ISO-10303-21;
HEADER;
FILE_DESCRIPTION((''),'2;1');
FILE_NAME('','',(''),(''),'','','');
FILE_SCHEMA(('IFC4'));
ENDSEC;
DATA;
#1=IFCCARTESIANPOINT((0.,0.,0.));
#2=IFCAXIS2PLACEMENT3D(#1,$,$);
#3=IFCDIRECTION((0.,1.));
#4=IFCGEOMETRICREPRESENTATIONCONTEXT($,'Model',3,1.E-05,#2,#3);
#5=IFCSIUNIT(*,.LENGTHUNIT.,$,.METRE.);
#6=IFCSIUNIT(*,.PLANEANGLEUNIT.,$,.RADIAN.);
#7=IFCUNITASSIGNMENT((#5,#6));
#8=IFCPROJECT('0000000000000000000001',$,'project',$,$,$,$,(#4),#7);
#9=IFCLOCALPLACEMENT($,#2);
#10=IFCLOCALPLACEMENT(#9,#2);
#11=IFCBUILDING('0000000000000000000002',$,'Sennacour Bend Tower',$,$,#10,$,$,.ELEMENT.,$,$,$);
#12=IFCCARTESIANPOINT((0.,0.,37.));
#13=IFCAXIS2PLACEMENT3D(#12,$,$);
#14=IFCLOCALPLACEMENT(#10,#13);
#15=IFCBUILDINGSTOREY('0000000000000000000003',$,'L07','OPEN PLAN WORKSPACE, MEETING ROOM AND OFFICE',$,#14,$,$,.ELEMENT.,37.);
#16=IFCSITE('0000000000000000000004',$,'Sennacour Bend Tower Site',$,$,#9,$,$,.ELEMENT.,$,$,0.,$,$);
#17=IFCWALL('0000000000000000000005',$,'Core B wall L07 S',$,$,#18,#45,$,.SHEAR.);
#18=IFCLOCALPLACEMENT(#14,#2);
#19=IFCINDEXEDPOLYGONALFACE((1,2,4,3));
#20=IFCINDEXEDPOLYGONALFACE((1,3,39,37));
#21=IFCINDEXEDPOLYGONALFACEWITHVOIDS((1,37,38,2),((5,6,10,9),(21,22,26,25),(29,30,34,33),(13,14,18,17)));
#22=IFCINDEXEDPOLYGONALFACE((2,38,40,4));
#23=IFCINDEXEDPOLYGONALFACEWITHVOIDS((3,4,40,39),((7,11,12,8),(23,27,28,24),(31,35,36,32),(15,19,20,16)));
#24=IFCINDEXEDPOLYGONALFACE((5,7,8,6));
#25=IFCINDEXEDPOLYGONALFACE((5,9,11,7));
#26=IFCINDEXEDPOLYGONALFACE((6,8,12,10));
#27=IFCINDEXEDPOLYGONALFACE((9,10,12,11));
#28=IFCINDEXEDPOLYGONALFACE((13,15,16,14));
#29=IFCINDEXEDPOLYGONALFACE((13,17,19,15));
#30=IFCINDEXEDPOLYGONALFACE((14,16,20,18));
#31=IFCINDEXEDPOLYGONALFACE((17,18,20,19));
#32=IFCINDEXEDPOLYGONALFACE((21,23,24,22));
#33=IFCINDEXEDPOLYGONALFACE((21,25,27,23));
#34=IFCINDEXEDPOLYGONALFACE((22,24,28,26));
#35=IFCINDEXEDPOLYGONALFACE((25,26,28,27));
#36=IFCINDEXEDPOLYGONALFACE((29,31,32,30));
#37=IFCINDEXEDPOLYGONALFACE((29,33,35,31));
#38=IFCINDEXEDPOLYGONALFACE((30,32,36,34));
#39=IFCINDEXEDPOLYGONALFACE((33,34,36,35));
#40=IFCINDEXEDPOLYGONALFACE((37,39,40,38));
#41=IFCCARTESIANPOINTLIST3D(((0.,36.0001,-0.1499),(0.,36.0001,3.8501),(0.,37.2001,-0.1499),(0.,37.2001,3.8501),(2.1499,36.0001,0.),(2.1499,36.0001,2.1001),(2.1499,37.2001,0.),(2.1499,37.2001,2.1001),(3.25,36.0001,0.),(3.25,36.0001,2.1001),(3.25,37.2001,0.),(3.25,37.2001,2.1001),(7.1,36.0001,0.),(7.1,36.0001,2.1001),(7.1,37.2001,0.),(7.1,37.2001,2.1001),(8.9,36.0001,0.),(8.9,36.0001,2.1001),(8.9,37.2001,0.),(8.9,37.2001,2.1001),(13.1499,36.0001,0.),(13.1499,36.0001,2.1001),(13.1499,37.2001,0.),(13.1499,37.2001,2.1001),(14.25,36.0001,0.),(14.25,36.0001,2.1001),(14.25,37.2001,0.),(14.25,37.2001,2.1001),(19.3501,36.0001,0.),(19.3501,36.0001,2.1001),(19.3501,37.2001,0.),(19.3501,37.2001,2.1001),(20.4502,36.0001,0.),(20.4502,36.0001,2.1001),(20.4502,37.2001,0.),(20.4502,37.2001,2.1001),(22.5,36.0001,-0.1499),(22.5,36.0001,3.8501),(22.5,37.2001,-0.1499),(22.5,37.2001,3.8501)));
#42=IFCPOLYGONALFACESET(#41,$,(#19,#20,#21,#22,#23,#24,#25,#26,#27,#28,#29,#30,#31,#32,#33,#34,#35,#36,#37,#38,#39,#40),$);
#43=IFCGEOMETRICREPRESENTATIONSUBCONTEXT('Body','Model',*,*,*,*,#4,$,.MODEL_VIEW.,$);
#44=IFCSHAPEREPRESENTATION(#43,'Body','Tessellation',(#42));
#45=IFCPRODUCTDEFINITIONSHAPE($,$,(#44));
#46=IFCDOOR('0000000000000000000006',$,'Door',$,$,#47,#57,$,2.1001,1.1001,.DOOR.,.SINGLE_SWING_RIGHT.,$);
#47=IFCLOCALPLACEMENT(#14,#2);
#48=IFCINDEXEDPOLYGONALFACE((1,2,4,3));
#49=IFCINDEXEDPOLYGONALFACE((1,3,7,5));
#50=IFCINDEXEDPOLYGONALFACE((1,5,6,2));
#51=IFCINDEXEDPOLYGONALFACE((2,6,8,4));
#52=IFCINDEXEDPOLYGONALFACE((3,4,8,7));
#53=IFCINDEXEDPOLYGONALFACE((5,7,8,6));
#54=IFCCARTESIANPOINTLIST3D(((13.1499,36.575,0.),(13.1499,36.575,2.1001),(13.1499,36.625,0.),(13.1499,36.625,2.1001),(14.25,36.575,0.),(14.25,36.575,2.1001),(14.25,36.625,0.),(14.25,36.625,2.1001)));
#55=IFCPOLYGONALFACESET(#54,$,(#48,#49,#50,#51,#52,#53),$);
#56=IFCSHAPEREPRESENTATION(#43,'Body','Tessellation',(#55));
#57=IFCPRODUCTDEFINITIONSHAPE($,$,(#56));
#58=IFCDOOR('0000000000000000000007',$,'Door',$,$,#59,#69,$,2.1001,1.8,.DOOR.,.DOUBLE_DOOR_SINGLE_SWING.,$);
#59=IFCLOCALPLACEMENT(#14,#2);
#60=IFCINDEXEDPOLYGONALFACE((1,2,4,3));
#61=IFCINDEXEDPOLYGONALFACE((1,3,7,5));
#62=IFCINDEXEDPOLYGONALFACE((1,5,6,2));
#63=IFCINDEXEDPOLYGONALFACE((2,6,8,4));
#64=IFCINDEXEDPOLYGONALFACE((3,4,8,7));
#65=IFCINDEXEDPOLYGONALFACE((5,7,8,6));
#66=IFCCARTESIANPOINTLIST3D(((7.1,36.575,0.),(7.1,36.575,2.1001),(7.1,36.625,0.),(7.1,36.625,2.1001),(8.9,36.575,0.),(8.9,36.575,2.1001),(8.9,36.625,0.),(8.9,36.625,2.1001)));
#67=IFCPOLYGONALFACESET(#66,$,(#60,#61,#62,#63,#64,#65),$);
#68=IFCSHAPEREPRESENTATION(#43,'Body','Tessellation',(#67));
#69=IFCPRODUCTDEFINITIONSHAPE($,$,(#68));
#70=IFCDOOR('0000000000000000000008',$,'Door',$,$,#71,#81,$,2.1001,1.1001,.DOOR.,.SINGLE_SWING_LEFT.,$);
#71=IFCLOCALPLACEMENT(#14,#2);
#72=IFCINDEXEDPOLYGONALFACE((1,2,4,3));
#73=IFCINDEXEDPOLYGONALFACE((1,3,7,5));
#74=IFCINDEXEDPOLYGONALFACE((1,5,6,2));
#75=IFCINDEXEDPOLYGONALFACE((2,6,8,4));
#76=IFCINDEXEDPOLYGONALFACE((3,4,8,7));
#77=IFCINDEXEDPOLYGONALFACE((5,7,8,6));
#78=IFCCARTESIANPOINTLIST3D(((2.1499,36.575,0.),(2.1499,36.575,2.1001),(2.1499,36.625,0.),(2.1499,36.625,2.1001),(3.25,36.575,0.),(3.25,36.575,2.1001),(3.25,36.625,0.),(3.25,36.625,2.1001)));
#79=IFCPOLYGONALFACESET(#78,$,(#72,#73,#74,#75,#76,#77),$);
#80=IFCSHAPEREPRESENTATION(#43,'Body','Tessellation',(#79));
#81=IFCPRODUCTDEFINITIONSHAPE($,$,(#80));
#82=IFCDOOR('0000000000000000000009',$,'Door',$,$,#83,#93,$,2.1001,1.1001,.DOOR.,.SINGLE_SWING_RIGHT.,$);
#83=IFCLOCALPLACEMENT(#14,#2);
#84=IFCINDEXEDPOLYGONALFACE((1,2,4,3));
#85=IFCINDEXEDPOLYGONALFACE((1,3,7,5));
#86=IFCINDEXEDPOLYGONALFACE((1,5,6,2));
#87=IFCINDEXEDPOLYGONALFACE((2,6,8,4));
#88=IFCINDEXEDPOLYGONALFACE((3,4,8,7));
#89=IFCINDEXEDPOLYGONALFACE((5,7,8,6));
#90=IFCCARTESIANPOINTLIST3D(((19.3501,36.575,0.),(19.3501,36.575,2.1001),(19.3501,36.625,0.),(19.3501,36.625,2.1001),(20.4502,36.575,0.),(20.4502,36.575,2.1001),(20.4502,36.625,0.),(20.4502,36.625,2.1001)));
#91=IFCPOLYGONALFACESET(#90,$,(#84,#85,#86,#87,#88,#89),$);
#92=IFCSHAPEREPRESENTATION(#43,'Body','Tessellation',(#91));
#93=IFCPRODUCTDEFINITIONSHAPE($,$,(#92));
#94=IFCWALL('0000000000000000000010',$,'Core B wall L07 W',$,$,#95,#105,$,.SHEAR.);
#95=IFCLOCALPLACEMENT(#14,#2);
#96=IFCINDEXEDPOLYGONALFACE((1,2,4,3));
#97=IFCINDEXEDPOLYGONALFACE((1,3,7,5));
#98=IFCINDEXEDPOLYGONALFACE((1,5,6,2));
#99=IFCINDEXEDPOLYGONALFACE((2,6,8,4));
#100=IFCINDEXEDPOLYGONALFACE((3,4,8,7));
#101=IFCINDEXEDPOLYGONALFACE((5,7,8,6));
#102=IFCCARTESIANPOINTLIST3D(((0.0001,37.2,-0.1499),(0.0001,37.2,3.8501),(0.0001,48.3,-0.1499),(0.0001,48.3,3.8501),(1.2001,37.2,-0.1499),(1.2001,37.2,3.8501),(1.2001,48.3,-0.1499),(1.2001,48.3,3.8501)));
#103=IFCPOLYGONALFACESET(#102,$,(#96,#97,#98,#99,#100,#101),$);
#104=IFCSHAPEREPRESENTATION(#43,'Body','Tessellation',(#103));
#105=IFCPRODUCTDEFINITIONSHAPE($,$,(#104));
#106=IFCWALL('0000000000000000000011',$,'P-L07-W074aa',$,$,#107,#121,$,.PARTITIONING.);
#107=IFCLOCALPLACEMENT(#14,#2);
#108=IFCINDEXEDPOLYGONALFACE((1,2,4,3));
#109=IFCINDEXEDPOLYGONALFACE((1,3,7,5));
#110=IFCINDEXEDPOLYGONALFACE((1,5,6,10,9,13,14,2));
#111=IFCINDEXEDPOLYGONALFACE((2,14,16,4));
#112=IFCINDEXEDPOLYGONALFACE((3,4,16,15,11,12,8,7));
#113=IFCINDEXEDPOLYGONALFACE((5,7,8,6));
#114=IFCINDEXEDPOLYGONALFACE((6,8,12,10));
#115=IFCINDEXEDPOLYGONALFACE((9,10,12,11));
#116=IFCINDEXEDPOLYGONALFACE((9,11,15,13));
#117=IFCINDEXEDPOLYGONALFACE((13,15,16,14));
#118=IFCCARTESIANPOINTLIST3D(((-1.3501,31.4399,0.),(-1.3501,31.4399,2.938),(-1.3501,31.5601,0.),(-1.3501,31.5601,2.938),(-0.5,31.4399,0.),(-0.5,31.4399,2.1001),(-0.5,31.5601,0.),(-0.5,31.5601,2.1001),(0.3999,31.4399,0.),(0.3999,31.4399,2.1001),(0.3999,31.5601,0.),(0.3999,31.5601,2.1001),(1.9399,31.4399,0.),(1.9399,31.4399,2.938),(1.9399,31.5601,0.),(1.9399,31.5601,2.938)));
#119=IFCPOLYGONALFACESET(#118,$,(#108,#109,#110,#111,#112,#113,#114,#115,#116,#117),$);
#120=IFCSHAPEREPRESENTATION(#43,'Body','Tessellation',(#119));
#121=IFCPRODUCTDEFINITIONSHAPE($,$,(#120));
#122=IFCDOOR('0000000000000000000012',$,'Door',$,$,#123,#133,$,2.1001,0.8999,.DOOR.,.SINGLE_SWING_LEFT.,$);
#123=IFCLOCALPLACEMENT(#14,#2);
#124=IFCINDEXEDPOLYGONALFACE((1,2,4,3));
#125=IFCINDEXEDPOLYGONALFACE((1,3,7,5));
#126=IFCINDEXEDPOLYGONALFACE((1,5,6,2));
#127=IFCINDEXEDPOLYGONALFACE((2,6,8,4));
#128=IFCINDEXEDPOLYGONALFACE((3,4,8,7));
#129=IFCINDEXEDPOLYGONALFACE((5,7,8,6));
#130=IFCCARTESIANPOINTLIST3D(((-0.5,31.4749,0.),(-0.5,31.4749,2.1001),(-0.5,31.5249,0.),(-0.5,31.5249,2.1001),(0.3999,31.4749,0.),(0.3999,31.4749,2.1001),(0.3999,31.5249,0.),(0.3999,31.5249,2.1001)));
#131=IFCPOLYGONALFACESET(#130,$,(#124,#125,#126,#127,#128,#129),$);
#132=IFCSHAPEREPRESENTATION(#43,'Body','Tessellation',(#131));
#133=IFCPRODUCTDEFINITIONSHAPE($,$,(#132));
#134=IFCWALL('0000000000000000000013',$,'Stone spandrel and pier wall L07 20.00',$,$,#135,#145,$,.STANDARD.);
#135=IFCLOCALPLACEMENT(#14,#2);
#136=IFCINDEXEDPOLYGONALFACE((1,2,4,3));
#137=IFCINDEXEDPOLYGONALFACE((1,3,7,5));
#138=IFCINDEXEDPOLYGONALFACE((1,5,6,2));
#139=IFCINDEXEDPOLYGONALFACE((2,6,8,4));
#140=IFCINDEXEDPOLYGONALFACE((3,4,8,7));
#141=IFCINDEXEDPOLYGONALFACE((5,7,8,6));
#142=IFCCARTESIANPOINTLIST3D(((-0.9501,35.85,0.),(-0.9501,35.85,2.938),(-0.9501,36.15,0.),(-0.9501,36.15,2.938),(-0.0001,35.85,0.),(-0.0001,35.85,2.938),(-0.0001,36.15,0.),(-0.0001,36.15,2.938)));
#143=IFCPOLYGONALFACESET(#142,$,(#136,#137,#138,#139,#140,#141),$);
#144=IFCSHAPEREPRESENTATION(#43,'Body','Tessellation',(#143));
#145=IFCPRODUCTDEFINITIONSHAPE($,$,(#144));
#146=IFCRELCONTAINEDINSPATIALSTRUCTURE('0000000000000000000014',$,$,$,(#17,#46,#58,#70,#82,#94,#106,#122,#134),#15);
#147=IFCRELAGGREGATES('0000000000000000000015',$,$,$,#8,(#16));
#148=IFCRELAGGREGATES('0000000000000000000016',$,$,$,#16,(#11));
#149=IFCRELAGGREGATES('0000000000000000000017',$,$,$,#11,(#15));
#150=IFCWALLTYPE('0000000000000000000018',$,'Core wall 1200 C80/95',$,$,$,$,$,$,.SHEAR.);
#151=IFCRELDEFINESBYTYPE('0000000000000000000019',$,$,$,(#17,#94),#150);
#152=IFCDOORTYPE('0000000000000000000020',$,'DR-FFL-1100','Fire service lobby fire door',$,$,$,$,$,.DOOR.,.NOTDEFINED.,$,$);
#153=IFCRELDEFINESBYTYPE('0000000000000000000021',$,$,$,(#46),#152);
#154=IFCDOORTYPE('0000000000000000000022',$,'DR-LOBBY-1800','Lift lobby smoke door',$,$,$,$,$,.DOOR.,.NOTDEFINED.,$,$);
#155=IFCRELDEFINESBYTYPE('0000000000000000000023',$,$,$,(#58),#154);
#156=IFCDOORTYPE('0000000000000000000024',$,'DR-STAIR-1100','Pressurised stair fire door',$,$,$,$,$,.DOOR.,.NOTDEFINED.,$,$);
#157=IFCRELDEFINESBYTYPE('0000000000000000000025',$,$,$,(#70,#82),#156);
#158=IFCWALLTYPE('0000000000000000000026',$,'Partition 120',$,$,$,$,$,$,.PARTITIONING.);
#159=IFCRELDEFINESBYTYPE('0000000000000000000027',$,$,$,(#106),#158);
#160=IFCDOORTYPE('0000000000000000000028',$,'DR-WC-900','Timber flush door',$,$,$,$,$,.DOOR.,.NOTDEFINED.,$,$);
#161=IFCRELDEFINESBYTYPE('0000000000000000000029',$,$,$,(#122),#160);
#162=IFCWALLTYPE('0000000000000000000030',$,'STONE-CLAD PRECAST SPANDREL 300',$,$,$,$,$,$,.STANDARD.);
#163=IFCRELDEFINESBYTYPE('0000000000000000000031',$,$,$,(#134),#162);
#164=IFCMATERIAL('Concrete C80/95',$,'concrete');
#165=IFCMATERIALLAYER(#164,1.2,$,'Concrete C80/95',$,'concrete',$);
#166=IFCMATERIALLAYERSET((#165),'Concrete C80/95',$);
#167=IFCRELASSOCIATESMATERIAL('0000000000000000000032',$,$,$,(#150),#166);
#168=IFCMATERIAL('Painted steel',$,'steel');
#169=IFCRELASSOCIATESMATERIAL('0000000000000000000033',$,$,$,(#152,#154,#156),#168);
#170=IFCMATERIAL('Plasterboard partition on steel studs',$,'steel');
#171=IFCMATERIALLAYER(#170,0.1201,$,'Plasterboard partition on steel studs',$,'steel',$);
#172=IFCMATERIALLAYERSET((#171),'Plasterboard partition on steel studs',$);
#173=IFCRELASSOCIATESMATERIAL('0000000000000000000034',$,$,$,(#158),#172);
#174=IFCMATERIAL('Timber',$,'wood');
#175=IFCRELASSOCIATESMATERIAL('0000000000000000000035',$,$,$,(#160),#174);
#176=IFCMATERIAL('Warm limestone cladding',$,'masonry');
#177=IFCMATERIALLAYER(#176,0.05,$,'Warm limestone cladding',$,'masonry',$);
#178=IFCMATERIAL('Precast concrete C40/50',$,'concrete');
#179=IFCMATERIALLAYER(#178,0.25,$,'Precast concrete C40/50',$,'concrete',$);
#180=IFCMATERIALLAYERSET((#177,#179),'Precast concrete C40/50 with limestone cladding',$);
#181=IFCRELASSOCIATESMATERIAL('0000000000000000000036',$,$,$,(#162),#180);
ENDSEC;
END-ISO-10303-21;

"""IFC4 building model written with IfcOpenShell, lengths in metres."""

from ifc_helpers import new_model, si_unit, direction, frame, frame_2d, origin, place, context, subcontext, project, spatial, rectangle, extrude, material, layer, layer_set, type_object, element, fill, save


model = new_model("IFC4")

# Units and contexts
model_context = context("Model", 3, precision=1e-05, world=origin(), true_north=direction((0.0, 1.0)))
body_context = subcontext(model_context, "Body", "Model", "MODEL_VIEW")
ifc_project = project(units=[si_unit("LENGTHUNIT", "METRE"), si_unit("PLANEANGLEUNIT", "RADIAN")], contexts=[model_context])

# Site, building, storey
site_placement = place(None, origin())
site = spatial("IfcSite", under=ifc_project, at=site_placement, Name="Sennacour Bend Tower Site", CompositionType="ELEMENT", RefElevation=0.0)
building_placement = place(site_placement, origin())
building = spatial("IfcBuilding", under=site, at=building_placement, Name="Sennacour Bend Tower", CompositionType="ELEMENT")
storey_placement = place(building_placement, frame((0.0, 0.0, 37.0)))
storey = spatial("IfcBuildingStorey", under=building, at=storey_placement, Name="L07", Description="OPEN PLAN WORKSPACE, MEETING ROOM AND OFFICE", CompositionType="ELEMENT", Elevation=37.0)

# Wall, openings, doors
ifc_material_1 = material(Name="Concrete C80/95", Category="concrete")
ifc_layer_1 = layer(ifc_material_1, 1.2, Name="Concrete C80/95", Category="concrete")
ifc_layer_set_1 = layer_set([ifc_layer_1], Name="Concrete C80/95")
wall_type_1 = type_object("IfcWallType", Name="Core wall 1200 C80/95", PredefinedType="SHEAR", material=ifc_layer_set_1)
wall_1_placement = place(storey_placement, frame((0.0, 36.6001, -0.1499), z_axis=(0.0, 0.0, 1.0), x_axis=(1.0, 0.0, 0.0)))
wall_1 = element("IfcWall", 1, at=wall_1_placement, inside=storey, type_object=wall_type_1, Name="Core B wall L07 S", PredefinedType="SHEAR", context=body_context, shape_type="SweptSolid", body=[
    extrude(rectangle(XDim=22.5, YDim=1.2, at=frame_2d((11.25, 0.0))), origin(), (0.0, 0.0, 1.0), 4.0),
])
opening_1_placement = place(wall_1_placement, frame((7.1001, 0.0, 0.1499)))
opening_1 = element("IfcOpeningElement", 2, at=opening_1_placement, cuts=wall_1, PredefinedType="OPENING", context=body_context, shape_type="SweptSolid", body=[
    extrude(rectangle(XDim=1.8, YDim=2.1001, at=frame_2d((0.8999, 1.05))), frame((0.0, 0.6099, 0.0), z_axis=(0.0, -1.0, 0.0), x_axis=(1.0, 0.0, 0.0)), (0.0, 0.0, 1.0), 1.22),
])
opening_2_placement = place(wall_1_placement, frame((13.1499, 0.0, 0.1499)))
opening_2 = element("IfcOpeningElement", 3, at=opening_2_placement, cuts=wall_1, PredefinedType="OPENING", context=body_context, shape_type="SweptSolid", body=[
    extrude(rectangle(XDim=1.1001, YDim=2.1001, at=frame_2d((0.55, 1.05))), frame((0.0, 0.6099, 0.0), z_axis=(0.0, -1.0, 0.0), x_axis=(1.0, 0.0, 0.0)), (0.0, 0.0, 1.0), 1.22),
])
opening_3_placement = place(wall_1_placement, frame((2.1499, 0.0, 0.1499)))
opening_3 = element("IfcOpeningElement", 4, at=opening_3_placement, cuts=wall_1, PredefinedType="OPENING", context=body_context, shape_type="SweptSolid", body=[
    extrude(rectangle(XDim=1.1001, YDim=2.1001, at=frame_2d((0.55, 1.05))), frame((0.0, 0.6099, 0.0), z_axis=(0.0, -1.0, 0.0), x_axis=(1.0, 0.0, 0.0)), (0.0, 0.0, 1.0), 1.22),
])
opening_4_placement = place(wall_1_placement, frame((19.3501, 0.0, 0.1499)))
opening_4 = element("IfcOpeningElement", 5, at=opening_4_placement, cuts=wall_1, PredefinedType="OPENING", context=body_context, shape_type="SweptSolid", body=[
    extrude(rectangle(XDim=1.1001, YDim=2.1001, at=frame_2d((0.55, 1.05))), frame((0.0, 0.6099, 0.0), z_axis=(0.0, -1.0, 0.0), x_axis=(1.0, 0.0, 0.0)), (0.0, 0.0, 1.0), 1.22),
])
ifc_material_2 = material(Name="Painted steel", Category="steel")
door_type_1 = type_object("IfcDoorType", Name="DR-FFL-1100", Description="Fire service lobby fire door", OperationType="NOTDEFINED", PredefinedType="DOOR", material=ifc_material_2)
door_1_placement = place(opening_2_placement, origin())
door_1 = element("IfcDoor", 6, at=door_1_placement, inside=storey, type_object=door_type_1, Name="Door", OperationType="SINGLE_SWING_RIGHT", OverallHeight=2.1001, OverallWidth=1.1001, PredefinedType="DOOR", context=body_context, shape_type="SweptSolid", body=[
    extrude(rectangle(XDim=1.1001, YDim=2.1001, at=frame_2d((0.55, 1.05))), frame((0.0, 0.0249, 0.0), z_axis=(0.0, -1.0, 0.0), x_axis=(1.0, 0.0, 0.0)), (0.0, 0.0, 1.0), 0.05),
])
fill(opening_2, door_1)
door_type_2 = type_object("IfcDoorType", Name="DR-LOBBY-1800", Description="Lift lobby smoke door", OperationType="NOTDEFINED", PredefinedType="DOOR", material=ifc_material_2)
door_2_placement = place(opening_1_placement, origin())
door_2 = element("IfcDoor", 7, at=door_2_placement, inside=storey, type_object=door_type_2, Name="Door", OperationType="DOUBLE_DOOR_SINGLE_SWING", OverallHeight=2.1001, OverallWidth=1.8, PredefinedType="DOOR", context=body_context, shape_type="SweptSolid", body=[
    extrude(rectangle(XDim=1.8, YDim=2.1001, at=frame_2d((0.8999, 1.05))), frame((0.0, 0.0249, 0.0), z_axis=(0.0, -1.0, 0.0), x_axis=(1.0, 0.0, 0.0)), (0.0, 0.0, 1.0), 0.05),
])
fill(opening_1, door_2)
door_type_3 = type_object("IfcDoorType", Name="DR-STAIR-1100", Description="Pressurised stair fire door", OperationType="NOTDEFINED", PredefinedType="DOOR", material=ifc_material_2)
door_3_placement = place(opening_3_placement, origin())
door_3 = element("IfcDoor", 8, at=door_3_placement, inside=storey, type_object=door_type_3, Name="Door", OperationType="SINGLE_SWING_LEFT", OverallHeight=2.1001, OverallWidth=1.1001, PredefinedType="DOOR", context=body_context, shape_type="SweptSolid", body=[
    extrude(rectangle(XDim=1.1001, YDim=2.1001, at=frame_2d((0.55, 1.05))), frame((0.0, 0.0249, 0.0), z_axis=(0.0, -1.0, 0.0), x_axis=(1.0, 0.0, 0.0)), (0.0, 0.0, 1.0), 0.05),
])
fill(opening_3, door_3)
door_4_placement = place(opening_4_placement, origin())
door_4 = element("IfcDoor", 9, at=door_4_placement, inside=storey, type_object=door_type_3, Name="Door", OperationType="SINGLE_SWING_RIGHT", OverallHeight=2.1001, OverallWidth=1.1001, PredefinedType="DOOR", context=body_context, shape_type="SweptSolid", body=[
    extrude(rectangle(XDim=1.1001, YDim=2.1001, at=frame_2d((0.55, 1.05))), frame((0.0, 0.0249, 0.0), z_axis=(0.0, -1.0, 0.0), x_axis=(1.0, 0.0, 0.0)), (0.0, 0.0, 1.0), 0.05),
])
fill(opening_4, door_4)

# Wall
wall_2_placement = place(storey_placement, frame((0.6001, 37.2, -0.1499), z_axis=(0.0, 0.0, 1.0), x_axis=(0.0, 1.0, 0.0)))
element("IfcWall", 10, at=wall_2_placement, inside=storey, type_object=wall_type_1, Name="Core B wall L07 W", PredefinedType="SHEAR", context=body_context, shape_type="SweptSolid", body=[
    extrude(rectangle(XDim=11.1001, YDim=1.2, at=frame_2d((5.55, 0.0))), origin(), (0.0, 0.0, 1.0), 4.0),
])

# Wall, opening, door
ifc_material_3 = material(Name="Plasterboard partition on steel studs", Category="steel")
ifc_layer_2 = layer(ifc_material_3, 0.1201, Name="Plasterboard partition on steel studs", Category="steel")
ifc_layer_set_2 = layer_set([ifc_layer_2], Name="Plasterboard partition on steel studs")
wall_type_2 = type_object("IfcWallType", Name="Partition 120", PredefinedType="PARTITIONING", material=ifc_layer_set_2)
wall_3_placement = place(storey_placement, frame((-1.3501, 31.5, 0.0), z_axis=(0.0, 0.0, 1.0), x_axis=(1.0, 0.0, 0.0)))
wall_3 = element("IfcWall", 11, at=wall_3_placement, inside=storey, type_object=wall_type_2, Name="P-L07-W074aa", PredefinedType="PARTITIONING", context=body_context, shape_type="SweptSolid", body=[
    extrude(rectangle(XDim=3.29, YDim=0.1201, at=frame_2d((1.645, 0.0))), origin(), (0.0, 0.0, 1.0), 2.938),
])
opening_5_placement = place(wall_3_placement, frame((0.8501, 0.0, 0.0)))
opening_5 = element("IfcOpeningElement", 12, at=opening_5_placement, cuts=wall_3, PredefinedType="OPENING", context=body_context, shape_type="SweptSolid", body=[
    extrude(rectangle(XDim=0.8999, YDim=2.1001, at=frame_2d((0.45, 1.05))), frame((0.0, 0.0701, 0.0), z_axis=(0.0, -1.0, 0.0), x_axis=(1.0, 0.0, 0.0)), (0.0, 0.0, 1.0), 0.1401),
])
ifc_material_4 = material(Name="Timber", Category="wood")
door_type_4 = type_object("IfcDoorType", Name="DR-WC-900", Description="Timber flush door", OperationType="NOTDEFINED", PredefinedType="DOOR", material=ifc_material_4)
door_5_placement = place(opening_5_placement, origin())
door_5 = element("IfcDoor", 13, at=door_5_placement, inside=storey, type_object=door_type_4, Name="Door", OperationType="SINGLE_SWING_LEFT", OverallHeight=2.1001, OverallWidth=0.8999, PredefinedType="DOOR", context=body_context, shape_type="SweptSolid", body=[
    extrude(rectangle(XDim=0.8999, YDim=2.1001, at=frame_2d((0.45, 1.05))), frame((0.0, 0.0249, 0.0), z_axis=(0.0, -1.0, 0.0), x_axis=(1.0, 0.0, 0.0)), (0.0, 0.0, 1.0), 0.05),
])
fill(opening_5, door_5)

# Wall
ifc_material_5 = material(Name="Warm limestone cladding", Category="masonry")
ifc_layer_3 = layer(ifc_material_5, 0.05, Name="Warm limestone cladding", Category="masonry")
ifc_material_6 = material(Name="Precast concrete C40/50", Category="concrete")
ifc_layer_4 = layer(ifc_material_6, 0.25, Name="Precast concrete C40/50", Category="concrete")
ifc_layer_set_3 = layer_set([ifc_layer_3, ifc_layer_4], Name="Precast concrete C40/50 with limestone cladding")
wall_type_3 = type_object("IfcWallType", Name="STONE-CLAD PRECAST SPANDREL 300", PredefinedType="STANDARD", material=ifc_layer_set_3)
wall_4_placement = place(storey_placement, frame((0.0, 36.0, 0.0), z_axis=(0.0, 0.0, 1.0), x_axis=(-1.0, 0.0, 0.0)))
element("IfcWall", 14, at=wall_4_placement, inside=storey, type_object=wall_type_3, Name="Stone spandrel and pier wall L07 20.00", PredefinedType="STANDARD", context=body_context, shape_type="SweptSolid", body=[
    extrude(rectangle(XDim=0.95, YDim=0.3, at=frame_2d((0.4751, 0.0))), origin(), (0.0, 0.0, 1.0), 2.938),
])

save(model, "model.ifc")
